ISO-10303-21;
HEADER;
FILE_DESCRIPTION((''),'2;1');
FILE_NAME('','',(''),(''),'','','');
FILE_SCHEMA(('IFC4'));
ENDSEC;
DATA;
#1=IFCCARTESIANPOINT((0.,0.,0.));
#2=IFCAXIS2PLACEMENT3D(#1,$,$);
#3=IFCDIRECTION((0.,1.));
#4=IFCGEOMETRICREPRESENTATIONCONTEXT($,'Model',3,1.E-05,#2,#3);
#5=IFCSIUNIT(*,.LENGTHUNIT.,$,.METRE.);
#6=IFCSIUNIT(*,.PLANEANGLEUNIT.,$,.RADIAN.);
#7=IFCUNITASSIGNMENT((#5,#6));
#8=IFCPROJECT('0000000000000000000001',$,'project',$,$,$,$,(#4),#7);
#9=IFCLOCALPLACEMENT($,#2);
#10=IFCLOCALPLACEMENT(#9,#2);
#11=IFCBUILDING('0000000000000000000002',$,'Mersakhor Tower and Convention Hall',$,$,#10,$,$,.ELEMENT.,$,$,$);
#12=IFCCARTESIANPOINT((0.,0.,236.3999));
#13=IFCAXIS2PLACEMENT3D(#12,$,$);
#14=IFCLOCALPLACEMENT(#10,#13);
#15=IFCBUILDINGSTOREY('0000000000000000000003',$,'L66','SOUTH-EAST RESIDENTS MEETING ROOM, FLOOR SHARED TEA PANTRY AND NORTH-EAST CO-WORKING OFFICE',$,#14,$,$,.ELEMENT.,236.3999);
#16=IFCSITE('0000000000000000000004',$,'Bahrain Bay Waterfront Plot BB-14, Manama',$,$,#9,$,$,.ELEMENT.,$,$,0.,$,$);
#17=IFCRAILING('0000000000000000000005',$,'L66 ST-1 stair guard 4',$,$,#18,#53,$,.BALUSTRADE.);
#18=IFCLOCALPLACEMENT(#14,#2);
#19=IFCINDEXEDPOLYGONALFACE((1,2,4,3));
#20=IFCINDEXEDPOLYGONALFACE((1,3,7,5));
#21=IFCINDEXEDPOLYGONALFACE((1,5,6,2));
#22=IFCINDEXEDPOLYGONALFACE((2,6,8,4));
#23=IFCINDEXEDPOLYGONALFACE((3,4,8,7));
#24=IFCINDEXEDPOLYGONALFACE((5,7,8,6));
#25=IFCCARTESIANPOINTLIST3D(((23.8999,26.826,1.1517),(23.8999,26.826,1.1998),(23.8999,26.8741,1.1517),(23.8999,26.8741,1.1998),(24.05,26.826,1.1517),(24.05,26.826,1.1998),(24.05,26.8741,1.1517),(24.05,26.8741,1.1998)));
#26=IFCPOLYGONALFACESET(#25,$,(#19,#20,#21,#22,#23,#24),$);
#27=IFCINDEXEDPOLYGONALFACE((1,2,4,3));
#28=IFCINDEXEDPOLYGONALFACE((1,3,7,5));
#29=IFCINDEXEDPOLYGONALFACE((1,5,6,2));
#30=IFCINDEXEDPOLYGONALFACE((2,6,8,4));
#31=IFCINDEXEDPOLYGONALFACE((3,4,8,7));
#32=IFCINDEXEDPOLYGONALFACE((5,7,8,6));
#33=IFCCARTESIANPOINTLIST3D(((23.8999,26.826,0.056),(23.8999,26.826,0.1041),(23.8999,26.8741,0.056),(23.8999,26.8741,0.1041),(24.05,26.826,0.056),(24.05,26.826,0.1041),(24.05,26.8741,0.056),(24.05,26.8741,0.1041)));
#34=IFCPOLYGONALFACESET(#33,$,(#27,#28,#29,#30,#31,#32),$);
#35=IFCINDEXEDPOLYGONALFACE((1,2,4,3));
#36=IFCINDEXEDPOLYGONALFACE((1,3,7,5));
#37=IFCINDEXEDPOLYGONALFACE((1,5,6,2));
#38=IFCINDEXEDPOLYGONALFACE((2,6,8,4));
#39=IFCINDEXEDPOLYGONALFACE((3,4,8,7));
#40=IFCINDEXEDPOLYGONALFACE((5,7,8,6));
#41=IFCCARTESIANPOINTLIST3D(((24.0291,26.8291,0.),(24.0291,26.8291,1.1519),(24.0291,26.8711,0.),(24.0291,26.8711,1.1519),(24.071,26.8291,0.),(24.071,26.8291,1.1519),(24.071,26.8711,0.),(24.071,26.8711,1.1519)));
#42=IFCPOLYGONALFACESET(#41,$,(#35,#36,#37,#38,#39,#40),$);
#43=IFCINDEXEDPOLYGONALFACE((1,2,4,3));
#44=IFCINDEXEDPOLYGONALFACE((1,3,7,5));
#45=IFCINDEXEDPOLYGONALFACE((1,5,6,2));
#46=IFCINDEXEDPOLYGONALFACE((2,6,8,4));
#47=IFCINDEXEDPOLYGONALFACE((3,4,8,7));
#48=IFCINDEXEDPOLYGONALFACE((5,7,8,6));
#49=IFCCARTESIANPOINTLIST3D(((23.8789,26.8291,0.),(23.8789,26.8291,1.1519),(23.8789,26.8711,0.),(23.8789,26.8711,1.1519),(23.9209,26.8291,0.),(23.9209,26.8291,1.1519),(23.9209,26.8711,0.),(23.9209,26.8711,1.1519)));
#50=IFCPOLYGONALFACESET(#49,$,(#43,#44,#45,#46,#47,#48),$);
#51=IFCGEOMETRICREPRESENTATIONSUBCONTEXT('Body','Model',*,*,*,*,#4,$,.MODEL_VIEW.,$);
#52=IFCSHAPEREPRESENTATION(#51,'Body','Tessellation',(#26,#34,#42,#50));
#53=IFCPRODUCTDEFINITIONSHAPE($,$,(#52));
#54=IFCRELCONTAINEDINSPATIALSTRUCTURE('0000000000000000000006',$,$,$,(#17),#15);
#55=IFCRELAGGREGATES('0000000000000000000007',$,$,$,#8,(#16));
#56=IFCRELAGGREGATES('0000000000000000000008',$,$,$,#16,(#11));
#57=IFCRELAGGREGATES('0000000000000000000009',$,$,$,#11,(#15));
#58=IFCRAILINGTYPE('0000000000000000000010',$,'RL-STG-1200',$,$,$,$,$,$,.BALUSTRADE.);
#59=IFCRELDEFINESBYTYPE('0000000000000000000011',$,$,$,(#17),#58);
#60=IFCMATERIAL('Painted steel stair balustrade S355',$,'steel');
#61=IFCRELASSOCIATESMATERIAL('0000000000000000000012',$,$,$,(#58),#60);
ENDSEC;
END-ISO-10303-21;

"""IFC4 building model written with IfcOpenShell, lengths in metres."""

from ifc_helpers import new_model, si_unit, direction, frame, origin, origin_2d, place, context, subcontext, project, spatial, rectangle, extrude, material, type_object, element, save


model = new_model("IFC4")

# Units and contexts
model_context = context("Model", 3, precision=1e-05, world=origin(), true_north=direction((0.0, 1.0)))
body_context = subcontext(model_context, "Body", "Model", "MODEL_VIEW")
ifc_project = project(units=[si_unit("LENGTHUNIT", "METRE"), si_unit("PLANEANGLEUNIT", "RADIAN")], contexts=[model_context])

# Site, building, storey
site_placement = place(None, origin())
site = spatial("IfcSite", under=ifc_project, at=site_placement, Name="Bahrain Bay Waterfront Plot BB-14, Manama", CompositionType="ELEMENT", RefElevation=0.0)
building_placement = place(site_placement, origin())
building = spatial("IfcBuilding", under=site, at=building_placement, Name="Mersakhor Tower and Convention Hall", CompositionType="ELEMENT")
storey_placement = place(building_placement, frame((0.0, 0.0, 236.3999)))
storey = spatial("IfcBuildingStorey", under=building, at=storey_placement, Name="L66", Description="SOUTH-EAST RESIDENTS MEETING ROOM, FLOOR SHARED TEA PANTRY AND NORTH-EAST CO-WORKING OFFICE", CompositionType="ELEMENT", Elevation=236.3999)

# Railing
ifc_material_1 = material(Name="Painted steel stair balustrade S355", Category="steel")
railing_type_1 = type_object("IfcRailingType", Name="RL-STG-1200", PredefinedType="BALUSTRADE", material=ifc_material_1)
railing_1_placement = place(storey_placement, frame((24.05, 26.8501, 0.0)))
element("IfcRailing", 1, at=railing_1_placement, inside=storey, type_object=railing_type_1, Name="L66 ST-1 stair guard 4", PredefinedType="BALUSTRADE", context=body_context, shape_type="SweptSolid", body=[
    extrude(rectangle(XDim=0.0481, YDim=0.0481, at=origin_2d()), frame((0.0, 0.0, 1.1758), z_axis=(-1.0, 0.0, 0.0), x_axis=(0.0, -1.0, 0.0)), (0.0, 0.0, 1.0), 0.1501),
    extrude(rectangle(XDim=0.0481, YDim=0.0481, at=origin_2d()), frame((0.0, 0.0, 0.0801), z_axis=(-1.0, 0.0, 0.0), x_axis=(0.0, -1.0, 0.0)), (0.0, 0.0, 1.0), 0.1501),
    extrude(rectangle(XDim=0.042, YDim=0.042, at=origin_2d()), origin(), (0.0, 0.0, 1.0), 1.1519),
    extrude(rectangle(XDim=0.042, YDim=0.042, at=origin_2d()), frame((-0.1501, 0.0, 0.0)), (0.0, 0.0, 1.0), 1.1519),
])

save(model, "model.ifc")
